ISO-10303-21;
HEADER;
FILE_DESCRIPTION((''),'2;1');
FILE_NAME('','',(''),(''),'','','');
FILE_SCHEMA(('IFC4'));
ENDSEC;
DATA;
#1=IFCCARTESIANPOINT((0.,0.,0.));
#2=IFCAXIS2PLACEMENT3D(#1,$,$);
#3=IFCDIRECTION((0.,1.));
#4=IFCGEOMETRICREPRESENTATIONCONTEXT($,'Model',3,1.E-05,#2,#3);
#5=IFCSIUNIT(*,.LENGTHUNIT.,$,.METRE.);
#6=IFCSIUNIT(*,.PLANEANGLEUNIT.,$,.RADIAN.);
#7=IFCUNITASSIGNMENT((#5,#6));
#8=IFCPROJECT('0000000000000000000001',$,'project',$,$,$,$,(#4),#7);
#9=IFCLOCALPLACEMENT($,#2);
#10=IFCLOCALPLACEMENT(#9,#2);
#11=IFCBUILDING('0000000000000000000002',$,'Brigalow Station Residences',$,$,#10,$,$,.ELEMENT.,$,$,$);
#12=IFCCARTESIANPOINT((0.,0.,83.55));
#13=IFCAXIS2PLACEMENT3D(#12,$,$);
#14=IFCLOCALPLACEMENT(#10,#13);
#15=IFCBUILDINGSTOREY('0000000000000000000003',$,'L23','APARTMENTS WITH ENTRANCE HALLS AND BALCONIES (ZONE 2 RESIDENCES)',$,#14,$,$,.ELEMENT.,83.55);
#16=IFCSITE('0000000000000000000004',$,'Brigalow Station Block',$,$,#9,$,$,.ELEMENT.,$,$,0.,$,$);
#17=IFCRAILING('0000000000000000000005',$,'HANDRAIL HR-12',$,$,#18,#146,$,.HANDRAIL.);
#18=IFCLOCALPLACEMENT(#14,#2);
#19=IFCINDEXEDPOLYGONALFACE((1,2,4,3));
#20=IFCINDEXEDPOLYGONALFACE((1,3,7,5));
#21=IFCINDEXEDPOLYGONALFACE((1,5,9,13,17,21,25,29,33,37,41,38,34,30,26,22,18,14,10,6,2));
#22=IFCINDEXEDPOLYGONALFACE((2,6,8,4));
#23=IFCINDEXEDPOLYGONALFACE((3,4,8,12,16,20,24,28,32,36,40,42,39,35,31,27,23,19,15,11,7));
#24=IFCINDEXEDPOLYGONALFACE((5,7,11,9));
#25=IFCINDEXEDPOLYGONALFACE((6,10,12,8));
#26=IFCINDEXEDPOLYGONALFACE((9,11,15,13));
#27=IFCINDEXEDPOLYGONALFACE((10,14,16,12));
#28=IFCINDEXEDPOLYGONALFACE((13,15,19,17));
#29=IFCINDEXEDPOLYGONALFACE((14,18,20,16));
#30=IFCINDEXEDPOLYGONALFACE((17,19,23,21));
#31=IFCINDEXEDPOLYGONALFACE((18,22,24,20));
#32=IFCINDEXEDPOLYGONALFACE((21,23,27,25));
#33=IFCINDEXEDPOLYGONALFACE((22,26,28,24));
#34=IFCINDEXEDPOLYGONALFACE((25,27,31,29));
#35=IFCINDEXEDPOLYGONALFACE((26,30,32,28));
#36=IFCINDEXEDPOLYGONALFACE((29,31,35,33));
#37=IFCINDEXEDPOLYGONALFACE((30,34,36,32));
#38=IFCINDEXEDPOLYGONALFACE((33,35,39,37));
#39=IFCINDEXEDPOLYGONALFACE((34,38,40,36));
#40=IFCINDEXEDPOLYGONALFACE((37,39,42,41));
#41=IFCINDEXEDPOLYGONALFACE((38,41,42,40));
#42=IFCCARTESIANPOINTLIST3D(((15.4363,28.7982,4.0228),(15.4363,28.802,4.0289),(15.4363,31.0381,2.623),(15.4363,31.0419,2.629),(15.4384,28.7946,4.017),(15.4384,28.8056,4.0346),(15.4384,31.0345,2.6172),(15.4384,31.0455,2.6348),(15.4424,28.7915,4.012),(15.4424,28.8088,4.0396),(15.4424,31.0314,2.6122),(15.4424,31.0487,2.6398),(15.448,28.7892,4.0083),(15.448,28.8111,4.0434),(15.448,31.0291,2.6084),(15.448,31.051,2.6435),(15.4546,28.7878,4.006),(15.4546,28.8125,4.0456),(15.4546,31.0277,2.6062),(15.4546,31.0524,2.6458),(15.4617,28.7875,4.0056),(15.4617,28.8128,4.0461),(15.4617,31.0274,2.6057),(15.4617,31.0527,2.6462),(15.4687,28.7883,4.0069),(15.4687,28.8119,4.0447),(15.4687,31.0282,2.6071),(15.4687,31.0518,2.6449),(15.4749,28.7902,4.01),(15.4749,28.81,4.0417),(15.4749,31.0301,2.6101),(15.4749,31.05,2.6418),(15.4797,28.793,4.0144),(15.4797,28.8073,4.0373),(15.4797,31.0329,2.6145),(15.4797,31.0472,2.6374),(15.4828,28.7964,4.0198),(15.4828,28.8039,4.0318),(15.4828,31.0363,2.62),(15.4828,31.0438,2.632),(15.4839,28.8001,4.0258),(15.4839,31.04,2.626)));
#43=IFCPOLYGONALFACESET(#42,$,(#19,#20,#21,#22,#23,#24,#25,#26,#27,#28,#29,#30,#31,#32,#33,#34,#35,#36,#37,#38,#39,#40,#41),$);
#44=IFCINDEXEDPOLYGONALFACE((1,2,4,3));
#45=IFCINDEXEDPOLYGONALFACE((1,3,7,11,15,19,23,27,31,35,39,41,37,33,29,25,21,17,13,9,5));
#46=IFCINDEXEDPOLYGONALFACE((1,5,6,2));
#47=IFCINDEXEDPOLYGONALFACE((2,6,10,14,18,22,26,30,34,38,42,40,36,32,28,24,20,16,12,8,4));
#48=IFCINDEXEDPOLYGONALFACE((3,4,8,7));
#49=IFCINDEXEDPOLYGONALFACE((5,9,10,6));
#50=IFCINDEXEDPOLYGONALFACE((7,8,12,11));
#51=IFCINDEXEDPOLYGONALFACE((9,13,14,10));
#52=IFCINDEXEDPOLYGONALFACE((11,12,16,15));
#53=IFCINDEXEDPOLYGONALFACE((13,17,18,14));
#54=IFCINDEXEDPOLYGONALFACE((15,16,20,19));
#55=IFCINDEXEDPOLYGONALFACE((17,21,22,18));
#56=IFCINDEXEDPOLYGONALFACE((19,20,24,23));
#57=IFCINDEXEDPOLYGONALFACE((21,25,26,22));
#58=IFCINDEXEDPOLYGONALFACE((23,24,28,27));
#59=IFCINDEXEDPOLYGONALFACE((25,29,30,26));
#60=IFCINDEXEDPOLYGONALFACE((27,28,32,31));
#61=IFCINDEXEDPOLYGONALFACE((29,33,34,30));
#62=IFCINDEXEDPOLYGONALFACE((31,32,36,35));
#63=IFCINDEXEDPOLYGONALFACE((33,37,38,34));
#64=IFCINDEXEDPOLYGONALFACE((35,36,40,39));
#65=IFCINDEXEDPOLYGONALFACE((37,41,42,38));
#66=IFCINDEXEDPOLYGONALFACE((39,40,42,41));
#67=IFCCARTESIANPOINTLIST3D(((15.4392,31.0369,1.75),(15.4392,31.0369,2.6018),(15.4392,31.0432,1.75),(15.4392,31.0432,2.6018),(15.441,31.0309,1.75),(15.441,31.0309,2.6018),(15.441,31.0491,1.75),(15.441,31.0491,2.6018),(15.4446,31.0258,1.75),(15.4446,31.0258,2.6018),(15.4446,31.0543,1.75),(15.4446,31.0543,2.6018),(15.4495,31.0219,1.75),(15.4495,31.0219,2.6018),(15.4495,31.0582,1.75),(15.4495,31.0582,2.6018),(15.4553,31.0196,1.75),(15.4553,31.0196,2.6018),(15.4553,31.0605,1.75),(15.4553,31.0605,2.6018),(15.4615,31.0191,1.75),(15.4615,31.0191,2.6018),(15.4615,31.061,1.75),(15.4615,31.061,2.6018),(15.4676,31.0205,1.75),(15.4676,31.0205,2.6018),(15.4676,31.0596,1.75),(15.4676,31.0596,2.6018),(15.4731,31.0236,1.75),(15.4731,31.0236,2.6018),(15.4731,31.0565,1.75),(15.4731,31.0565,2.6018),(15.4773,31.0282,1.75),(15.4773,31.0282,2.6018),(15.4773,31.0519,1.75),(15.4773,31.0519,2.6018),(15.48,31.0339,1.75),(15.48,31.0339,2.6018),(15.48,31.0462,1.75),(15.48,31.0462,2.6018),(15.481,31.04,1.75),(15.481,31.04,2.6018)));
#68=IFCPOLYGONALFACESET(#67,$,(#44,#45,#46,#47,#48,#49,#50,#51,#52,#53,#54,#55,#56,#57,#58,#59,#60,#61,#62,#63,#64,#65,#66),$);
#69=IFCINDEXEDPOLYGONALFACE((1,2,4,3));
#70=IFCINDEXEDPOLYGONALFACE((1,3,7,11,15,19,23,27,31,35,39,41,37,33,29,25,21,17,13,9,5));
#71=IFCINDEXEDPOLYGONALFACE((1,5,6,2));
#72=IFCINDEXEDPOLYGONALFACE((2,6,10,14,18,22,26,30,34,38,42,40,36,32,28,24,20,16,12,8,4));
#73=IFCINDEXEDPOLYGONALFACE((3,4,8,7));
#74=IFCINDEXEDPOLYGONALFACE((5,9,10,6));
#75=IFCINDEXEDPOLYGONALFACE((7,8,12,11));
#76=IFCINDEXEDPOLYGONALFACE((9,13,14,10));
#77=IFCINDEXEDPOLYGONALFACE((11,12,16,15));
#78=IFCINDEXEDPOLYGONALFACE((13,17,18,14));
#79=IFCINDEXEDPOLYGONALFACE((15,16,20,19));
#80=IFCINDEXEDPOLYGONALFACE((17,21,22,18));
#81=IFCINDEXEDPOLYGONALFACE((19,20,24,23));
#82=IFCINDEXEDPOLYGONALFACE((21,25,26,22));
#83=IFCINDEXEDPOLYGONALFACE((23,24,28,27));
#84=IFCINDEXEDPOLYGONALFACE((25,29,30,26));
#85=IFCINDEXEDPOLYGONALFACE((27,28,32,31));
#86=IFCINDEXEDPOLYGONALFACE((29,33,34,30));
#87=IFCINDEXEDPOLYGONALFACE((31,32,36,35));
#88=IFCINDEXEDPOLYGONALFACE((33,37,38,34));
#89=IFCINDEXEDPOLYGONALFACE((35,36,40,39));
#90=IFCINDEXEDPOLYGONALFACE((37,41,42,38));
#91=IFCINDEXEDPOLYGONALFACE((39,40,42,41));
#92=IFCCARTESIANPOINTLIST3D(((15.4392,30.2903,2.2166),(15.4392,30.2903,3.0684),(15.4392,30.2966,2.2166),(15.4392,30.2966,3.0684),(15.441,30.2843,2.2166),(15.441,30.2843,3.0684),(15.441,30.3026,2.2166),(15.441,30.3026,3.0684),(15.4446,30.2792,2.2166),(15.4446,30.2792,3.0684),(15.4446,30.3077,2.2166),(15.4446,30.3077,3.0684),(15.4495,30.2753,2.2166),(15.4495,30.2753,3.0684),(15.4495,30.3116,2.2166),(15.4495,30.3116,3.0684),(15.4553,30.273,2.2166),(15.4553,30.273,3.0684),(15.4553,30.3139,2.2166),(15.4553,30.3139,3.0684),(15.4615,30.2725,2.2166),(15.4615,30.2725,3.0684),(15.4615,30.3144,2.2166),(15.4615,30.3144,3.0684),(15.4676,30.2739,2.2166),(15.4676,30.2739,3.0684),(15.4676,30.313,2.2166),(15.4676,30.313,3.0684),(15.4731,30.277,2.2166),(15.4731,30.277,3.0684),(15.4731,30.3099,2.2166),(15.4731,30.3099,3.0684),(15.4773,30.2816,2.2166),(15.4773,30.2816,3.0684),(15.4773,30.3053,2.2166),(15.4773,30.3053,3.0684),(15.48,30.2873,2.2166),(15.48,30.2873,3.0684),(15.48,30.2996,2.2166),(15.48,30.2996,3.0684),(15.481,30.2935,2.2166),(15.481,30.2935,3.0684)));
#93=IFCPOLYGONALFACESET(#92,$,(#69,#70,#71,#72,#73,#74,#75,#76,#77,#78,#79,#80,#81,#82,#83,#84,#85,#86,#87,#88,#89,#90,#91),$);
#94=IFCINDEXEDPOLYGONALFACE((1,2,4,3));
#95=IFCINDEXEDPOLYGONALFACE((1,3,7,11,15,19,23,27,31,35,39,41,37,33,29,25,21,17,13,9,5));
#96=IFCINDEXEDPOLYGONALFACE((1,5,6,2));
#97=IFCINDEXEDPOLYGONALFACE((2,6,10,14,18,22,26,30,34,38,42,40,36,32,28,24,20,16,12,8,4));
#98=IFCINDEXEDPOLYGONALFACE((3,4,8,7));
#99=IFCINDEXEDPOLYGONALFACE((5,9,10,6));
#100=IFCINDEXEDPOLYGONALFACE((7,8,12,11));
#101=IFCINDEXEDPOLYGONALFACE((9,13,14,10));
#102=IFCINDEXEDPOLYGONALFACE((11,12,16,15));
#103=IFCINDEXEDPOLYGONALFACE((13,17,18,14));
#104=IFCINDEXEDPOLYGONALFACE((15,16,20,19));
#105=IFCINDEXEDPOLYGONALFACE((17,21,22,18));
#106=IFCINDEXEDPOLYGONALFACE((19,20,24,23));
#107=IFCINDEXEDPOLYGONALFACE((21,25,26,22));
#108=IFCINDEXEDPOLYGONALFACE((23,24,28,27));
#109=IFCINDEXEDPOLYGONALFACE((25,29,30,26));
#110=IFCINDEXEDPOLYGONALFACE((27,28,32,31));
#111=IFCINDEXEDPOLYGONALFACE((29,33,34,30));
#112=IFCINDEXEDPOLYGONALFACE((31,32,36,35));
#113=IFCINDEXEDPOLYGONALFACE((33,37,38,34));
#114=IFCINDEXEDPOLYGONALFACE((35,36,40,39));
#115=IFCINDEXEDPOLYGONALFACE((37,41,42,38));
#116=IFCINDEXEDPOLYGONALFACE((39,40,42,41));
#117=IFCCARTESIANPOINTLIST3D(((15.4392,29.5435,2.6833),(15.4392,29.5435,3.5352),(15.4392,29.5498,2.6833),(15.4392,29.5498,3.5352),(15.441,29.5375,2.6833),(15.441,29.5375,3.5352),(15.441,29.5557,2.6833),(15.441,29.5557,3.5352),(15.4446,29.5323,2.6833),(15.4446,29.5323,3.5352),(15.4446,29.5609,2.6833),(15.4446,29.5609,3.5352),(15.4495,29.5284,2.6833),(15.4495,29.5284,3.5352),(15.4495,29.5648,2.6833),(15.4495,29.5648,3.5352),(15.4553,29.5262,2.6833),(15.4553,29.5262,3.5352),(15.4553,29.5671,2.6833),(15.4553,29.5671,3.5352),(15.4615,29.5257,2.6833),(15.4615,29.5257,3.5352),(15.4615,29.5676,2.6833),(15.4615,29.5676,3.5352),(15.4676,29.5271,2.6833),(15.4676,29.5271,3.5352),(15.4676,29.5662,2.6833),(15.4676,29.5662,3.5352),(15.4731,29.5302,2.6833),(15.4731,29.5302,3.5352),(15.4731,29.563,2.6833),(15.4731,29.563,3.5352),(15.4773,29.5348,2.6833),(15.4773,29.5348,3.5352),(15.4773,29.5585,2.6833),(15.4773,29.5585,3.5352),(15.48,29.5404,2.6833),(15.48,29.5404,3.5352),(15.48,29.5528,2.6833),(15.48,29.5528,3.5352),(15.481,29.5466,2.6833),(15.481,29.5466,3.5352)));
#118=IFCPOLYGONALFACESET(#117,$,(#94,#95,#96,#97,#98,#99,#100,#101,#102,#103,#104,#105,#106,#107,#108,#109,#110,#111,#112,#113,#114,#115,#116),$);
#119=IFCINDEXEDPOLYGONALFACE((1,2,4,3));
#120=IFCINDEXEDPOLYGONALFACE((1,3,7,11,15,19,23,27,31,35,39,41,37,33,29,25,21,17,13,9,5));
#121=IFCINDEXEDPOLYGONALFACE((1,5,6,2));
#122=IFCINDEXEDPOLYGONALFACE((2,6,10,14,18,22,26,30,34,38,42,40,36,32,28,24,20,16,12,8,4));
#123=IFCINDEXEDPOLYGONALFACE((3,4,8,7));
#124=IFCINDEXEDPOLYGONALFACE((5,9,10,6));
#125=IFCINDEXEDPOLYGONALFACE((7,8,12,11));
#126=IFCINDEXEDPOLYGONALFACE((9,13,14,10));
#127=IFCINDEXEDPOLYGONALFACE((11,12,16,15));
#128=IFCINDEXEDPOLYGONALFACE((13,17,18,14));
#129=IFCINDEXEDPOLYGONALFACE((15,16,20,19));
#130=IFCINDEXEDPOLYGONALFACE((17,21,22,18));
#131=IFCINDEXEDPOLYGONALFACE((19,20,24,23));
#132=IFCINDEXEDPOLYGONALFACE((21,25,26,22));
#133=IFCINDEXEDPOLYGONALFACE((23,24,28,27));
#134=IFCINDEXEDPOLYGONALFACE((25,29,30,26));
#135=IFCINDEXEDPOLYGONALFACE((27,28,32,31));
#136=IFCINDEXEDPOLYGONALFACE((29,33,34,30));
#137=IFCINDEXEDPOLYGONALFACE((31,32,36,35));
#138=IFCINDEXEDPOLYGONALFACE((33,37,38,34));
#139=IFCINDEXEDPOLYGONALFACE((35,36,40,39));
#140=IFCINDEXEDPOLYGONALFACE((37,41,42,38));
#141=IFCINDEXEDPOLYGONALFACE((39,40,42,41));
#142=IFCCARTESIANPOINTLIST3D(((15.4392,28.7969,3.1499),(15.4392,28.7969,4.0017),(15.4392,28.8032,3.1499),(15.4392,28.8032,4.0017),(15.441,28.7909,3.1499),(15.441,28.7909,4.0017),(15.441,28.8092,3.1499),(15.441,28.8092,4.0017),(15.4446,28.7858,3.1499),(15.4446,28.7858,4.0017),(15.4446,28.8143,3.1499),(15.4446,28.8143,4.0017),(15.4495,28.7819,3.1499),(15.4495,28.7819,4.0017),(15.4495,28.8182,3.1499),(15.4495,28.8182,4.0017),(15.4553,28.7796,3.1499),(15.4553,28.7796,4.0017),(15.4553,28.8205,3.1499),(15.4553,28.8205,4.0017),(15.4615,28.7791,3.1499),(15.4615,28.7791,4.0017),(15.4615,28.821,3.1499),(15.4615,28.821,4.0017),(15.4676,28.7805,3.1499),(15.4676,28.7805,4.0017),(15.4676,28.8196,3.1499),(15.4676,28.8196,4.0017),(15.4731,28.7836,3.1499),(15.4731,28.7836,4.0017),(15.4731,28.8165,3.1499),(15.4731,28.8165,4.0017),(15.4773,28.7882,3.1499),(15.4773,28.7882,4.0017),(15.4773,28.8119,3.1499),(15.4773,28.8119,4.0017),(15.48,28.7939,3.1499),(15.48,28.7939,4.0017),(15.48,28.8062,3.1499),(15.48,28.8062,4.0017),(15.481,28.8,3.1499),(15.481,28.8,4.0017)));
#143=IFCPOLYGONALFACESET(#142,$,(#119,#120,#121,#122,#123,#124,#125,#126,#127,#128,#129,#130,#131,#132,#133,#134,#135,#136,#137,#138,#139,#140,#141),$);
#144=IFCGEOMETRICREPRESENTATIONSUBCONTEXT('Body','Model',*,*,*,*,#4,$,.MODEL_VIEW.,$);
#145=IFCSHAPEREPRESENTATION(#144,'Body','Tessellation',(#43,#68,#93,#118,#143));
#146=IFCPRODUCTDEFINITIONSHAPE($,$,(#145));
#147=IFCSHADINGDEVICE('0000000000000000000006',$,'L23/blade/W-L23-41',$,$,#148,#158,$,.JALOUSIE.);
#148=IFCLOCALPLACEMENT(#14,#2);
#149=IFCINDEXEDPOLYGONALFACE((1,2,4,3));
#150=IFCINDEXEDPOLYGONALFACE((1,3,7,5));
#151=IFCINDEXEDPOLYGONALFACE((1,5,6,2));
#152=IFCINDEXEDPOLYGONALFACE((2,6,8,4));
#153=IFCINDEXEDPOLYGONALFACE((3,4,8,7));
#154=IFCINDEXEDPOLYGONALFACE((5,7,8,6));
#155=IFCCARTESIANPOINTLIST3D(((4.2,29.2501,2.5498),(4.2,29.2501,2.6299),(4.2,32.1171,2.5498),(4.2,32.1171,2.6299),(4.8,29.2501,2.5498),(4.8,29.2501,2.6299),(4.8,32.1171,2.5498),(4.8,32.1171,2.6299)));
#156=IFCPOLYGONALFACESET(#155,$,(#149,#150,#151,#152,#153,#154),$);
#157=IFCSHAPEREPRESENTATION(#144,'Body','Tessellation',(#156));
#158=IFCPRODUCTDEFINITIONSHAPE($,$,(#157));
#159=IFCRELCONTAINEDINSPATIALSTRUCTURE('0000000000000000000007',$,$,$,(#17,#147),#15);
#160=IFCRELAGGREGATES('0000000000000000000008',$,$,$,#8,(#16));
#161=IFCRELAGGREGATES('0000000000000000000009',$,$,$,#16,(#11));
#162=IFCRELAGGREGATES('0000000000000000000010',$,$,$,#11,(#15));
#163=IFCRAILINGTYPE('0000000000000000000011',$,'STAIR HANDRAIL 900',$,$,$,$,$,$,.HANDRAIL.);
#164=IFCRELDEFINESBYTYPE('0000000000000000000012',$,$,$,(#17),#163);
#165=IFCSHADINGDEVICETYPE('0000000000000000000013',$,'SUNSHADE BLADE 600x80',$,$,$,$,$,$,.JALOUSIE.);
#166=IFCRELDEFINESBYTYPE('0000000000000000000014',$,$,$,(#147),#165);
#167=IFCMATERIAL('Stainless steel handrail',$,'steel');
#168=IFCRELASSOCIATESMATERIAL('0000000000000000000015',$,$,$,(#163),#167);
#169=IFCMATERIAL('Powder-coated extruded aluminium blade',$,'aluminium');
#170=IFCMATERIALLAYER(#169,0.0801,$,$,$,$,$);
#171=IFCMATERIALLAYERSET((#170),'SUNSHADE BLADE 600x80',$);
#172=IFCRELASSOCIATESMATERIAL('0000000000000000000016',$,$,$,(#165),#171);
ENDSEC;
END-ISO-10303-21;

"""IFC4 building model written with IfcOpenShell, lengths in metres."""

from ifc_helpers import new_model, si_unit, direction, frame, origin, origin_2d, place, context, subcontext, project, spatial, rectangle, circle, extrude, material, layer, layer_set, type_object, element, save


model = new_model("IFC4")

# Units and contexts
model_context = context("Model", 3, precision=1e-05, world=origin(), true_north=direction((0.0, 1.0)))
body_context = subcontext(model_context, "Body", "Model", "MODEL_VIEW")
ifc_project = project(units=[si_unit("LENGTHUNIT", "METRE"), si_unit("PLANEANGLEUNIT", "RADIAN")], contexts=[model_context])

# Site, building, storey
site_placement = place(None, origin())
site = spatial("IfcSite", under=ifc_project, at=site_placement, Name="Brigalow Station Block", CompositionType="ELEMENT", RefElevation=0.0)
building_placement = place(site_placement, origin())
building = spatial("IfcBuilding", under=site, at=building_placement, Name="Brigalow Station Residences", CompositionType="ELEMENT")
storey_placement = place(building_placement, frame((0.0, 0.0, 83.55)))
storey = spatial("IfcBuildingStorey", under=building, at=storey_placement, Name="L23", Description="APARTMENTS WITH ENTRANCE HALLS AND BALCONIES (ZONE 2 RESIDENCES)", CompositionType="ELEMENT", Elevation=83.55)

# Railing
ifc_material_1 = material(Name="Stainless steel handrail", Category="steel")
railing_type_1 = type_object("IfcRailingType", Name="STAIR HANDRAIL 900", PredefinedType="HANDRAIL", material=ifc_material_1)
railing_1_placement = place(storey_placement, frame((15.46, 31.04, 1.75)))
element("IfcRailing", 1, at=railing_1_placement, inside=storey, type_object=railing_type_1, Name="HANDRAIL HR-12", PredefinedType="HANDRAIL", context=body_context, shape_type="SweptSolid", body=[
    extrude(circle(Radius=0.0239, at=origin_2d()), frame((0.0, 0.0, 0.876), z_axis=(0.0, -0.848014, 0.529974), x_axis=(1.0, 0.0, 0.0)), (0.0, 0.0, 1.0), 2.6414),
    extrude(circle(Radius=0.021, at=origin_2d()), origin(), (0.0, 0.0, 1.0), 0.8518),
    extrude(circle(Radius=0.021, at=origin_2d()), frame((0.0, -0.7466, 0.4666)), (0.0, 0.0, 1.0), 0.8518),
    extrude(circle(Radius=0.021, at=origin_2d()), frame((0.0, -1.4934, 0.9333)), (0.0, 0.0, 1.0), 0.8518),
    extrude(circle(Radius=0.021, at=origin_2d()), frame((0.0, -2.24, 1.3999)), (0.0, 0.0, 1.0), 0.8518),
])

# Shading device
ifc_material_2 = material(Name="Powder-coated extruded aluminium blade", Category="aluminium")
ifc_layer_1 = layer(ifc_material_2, 0.0801)
ifc_layer_set_1 = layer_set([ifc_layer_1], Name="SUNSHADE BLADE 600x80")
shading_device_type = type_object("IfcShadingDeviceType", Name="SUNSHADE BLADE 600x80", PredefinedType="JALOUSIE", material=ifc_layer_set_1)
shading_device_placement = place(storey_placement, frame((4.5, 30.6836, 2.5498), z_axis=(0.0, 0.0, 1.0), x_axis=(0.0, -1.0, 0.0)))
element("IfcShadingDevice", 2, at=shading_device_placement, inside=storey, type_object=shading_device_type, Name="L23/blade/W-L23-41", PredefinedType="JALOUSIE", context=body_context, shape_type="SweptSolid", body=[
    extrude(rectangle(XDim=2.8669, YDim=0.6001, at=origin_2d()), origin(), (0.0, 0.0, 1.0), 0.0801),
])

save(model, "model.ifc")
